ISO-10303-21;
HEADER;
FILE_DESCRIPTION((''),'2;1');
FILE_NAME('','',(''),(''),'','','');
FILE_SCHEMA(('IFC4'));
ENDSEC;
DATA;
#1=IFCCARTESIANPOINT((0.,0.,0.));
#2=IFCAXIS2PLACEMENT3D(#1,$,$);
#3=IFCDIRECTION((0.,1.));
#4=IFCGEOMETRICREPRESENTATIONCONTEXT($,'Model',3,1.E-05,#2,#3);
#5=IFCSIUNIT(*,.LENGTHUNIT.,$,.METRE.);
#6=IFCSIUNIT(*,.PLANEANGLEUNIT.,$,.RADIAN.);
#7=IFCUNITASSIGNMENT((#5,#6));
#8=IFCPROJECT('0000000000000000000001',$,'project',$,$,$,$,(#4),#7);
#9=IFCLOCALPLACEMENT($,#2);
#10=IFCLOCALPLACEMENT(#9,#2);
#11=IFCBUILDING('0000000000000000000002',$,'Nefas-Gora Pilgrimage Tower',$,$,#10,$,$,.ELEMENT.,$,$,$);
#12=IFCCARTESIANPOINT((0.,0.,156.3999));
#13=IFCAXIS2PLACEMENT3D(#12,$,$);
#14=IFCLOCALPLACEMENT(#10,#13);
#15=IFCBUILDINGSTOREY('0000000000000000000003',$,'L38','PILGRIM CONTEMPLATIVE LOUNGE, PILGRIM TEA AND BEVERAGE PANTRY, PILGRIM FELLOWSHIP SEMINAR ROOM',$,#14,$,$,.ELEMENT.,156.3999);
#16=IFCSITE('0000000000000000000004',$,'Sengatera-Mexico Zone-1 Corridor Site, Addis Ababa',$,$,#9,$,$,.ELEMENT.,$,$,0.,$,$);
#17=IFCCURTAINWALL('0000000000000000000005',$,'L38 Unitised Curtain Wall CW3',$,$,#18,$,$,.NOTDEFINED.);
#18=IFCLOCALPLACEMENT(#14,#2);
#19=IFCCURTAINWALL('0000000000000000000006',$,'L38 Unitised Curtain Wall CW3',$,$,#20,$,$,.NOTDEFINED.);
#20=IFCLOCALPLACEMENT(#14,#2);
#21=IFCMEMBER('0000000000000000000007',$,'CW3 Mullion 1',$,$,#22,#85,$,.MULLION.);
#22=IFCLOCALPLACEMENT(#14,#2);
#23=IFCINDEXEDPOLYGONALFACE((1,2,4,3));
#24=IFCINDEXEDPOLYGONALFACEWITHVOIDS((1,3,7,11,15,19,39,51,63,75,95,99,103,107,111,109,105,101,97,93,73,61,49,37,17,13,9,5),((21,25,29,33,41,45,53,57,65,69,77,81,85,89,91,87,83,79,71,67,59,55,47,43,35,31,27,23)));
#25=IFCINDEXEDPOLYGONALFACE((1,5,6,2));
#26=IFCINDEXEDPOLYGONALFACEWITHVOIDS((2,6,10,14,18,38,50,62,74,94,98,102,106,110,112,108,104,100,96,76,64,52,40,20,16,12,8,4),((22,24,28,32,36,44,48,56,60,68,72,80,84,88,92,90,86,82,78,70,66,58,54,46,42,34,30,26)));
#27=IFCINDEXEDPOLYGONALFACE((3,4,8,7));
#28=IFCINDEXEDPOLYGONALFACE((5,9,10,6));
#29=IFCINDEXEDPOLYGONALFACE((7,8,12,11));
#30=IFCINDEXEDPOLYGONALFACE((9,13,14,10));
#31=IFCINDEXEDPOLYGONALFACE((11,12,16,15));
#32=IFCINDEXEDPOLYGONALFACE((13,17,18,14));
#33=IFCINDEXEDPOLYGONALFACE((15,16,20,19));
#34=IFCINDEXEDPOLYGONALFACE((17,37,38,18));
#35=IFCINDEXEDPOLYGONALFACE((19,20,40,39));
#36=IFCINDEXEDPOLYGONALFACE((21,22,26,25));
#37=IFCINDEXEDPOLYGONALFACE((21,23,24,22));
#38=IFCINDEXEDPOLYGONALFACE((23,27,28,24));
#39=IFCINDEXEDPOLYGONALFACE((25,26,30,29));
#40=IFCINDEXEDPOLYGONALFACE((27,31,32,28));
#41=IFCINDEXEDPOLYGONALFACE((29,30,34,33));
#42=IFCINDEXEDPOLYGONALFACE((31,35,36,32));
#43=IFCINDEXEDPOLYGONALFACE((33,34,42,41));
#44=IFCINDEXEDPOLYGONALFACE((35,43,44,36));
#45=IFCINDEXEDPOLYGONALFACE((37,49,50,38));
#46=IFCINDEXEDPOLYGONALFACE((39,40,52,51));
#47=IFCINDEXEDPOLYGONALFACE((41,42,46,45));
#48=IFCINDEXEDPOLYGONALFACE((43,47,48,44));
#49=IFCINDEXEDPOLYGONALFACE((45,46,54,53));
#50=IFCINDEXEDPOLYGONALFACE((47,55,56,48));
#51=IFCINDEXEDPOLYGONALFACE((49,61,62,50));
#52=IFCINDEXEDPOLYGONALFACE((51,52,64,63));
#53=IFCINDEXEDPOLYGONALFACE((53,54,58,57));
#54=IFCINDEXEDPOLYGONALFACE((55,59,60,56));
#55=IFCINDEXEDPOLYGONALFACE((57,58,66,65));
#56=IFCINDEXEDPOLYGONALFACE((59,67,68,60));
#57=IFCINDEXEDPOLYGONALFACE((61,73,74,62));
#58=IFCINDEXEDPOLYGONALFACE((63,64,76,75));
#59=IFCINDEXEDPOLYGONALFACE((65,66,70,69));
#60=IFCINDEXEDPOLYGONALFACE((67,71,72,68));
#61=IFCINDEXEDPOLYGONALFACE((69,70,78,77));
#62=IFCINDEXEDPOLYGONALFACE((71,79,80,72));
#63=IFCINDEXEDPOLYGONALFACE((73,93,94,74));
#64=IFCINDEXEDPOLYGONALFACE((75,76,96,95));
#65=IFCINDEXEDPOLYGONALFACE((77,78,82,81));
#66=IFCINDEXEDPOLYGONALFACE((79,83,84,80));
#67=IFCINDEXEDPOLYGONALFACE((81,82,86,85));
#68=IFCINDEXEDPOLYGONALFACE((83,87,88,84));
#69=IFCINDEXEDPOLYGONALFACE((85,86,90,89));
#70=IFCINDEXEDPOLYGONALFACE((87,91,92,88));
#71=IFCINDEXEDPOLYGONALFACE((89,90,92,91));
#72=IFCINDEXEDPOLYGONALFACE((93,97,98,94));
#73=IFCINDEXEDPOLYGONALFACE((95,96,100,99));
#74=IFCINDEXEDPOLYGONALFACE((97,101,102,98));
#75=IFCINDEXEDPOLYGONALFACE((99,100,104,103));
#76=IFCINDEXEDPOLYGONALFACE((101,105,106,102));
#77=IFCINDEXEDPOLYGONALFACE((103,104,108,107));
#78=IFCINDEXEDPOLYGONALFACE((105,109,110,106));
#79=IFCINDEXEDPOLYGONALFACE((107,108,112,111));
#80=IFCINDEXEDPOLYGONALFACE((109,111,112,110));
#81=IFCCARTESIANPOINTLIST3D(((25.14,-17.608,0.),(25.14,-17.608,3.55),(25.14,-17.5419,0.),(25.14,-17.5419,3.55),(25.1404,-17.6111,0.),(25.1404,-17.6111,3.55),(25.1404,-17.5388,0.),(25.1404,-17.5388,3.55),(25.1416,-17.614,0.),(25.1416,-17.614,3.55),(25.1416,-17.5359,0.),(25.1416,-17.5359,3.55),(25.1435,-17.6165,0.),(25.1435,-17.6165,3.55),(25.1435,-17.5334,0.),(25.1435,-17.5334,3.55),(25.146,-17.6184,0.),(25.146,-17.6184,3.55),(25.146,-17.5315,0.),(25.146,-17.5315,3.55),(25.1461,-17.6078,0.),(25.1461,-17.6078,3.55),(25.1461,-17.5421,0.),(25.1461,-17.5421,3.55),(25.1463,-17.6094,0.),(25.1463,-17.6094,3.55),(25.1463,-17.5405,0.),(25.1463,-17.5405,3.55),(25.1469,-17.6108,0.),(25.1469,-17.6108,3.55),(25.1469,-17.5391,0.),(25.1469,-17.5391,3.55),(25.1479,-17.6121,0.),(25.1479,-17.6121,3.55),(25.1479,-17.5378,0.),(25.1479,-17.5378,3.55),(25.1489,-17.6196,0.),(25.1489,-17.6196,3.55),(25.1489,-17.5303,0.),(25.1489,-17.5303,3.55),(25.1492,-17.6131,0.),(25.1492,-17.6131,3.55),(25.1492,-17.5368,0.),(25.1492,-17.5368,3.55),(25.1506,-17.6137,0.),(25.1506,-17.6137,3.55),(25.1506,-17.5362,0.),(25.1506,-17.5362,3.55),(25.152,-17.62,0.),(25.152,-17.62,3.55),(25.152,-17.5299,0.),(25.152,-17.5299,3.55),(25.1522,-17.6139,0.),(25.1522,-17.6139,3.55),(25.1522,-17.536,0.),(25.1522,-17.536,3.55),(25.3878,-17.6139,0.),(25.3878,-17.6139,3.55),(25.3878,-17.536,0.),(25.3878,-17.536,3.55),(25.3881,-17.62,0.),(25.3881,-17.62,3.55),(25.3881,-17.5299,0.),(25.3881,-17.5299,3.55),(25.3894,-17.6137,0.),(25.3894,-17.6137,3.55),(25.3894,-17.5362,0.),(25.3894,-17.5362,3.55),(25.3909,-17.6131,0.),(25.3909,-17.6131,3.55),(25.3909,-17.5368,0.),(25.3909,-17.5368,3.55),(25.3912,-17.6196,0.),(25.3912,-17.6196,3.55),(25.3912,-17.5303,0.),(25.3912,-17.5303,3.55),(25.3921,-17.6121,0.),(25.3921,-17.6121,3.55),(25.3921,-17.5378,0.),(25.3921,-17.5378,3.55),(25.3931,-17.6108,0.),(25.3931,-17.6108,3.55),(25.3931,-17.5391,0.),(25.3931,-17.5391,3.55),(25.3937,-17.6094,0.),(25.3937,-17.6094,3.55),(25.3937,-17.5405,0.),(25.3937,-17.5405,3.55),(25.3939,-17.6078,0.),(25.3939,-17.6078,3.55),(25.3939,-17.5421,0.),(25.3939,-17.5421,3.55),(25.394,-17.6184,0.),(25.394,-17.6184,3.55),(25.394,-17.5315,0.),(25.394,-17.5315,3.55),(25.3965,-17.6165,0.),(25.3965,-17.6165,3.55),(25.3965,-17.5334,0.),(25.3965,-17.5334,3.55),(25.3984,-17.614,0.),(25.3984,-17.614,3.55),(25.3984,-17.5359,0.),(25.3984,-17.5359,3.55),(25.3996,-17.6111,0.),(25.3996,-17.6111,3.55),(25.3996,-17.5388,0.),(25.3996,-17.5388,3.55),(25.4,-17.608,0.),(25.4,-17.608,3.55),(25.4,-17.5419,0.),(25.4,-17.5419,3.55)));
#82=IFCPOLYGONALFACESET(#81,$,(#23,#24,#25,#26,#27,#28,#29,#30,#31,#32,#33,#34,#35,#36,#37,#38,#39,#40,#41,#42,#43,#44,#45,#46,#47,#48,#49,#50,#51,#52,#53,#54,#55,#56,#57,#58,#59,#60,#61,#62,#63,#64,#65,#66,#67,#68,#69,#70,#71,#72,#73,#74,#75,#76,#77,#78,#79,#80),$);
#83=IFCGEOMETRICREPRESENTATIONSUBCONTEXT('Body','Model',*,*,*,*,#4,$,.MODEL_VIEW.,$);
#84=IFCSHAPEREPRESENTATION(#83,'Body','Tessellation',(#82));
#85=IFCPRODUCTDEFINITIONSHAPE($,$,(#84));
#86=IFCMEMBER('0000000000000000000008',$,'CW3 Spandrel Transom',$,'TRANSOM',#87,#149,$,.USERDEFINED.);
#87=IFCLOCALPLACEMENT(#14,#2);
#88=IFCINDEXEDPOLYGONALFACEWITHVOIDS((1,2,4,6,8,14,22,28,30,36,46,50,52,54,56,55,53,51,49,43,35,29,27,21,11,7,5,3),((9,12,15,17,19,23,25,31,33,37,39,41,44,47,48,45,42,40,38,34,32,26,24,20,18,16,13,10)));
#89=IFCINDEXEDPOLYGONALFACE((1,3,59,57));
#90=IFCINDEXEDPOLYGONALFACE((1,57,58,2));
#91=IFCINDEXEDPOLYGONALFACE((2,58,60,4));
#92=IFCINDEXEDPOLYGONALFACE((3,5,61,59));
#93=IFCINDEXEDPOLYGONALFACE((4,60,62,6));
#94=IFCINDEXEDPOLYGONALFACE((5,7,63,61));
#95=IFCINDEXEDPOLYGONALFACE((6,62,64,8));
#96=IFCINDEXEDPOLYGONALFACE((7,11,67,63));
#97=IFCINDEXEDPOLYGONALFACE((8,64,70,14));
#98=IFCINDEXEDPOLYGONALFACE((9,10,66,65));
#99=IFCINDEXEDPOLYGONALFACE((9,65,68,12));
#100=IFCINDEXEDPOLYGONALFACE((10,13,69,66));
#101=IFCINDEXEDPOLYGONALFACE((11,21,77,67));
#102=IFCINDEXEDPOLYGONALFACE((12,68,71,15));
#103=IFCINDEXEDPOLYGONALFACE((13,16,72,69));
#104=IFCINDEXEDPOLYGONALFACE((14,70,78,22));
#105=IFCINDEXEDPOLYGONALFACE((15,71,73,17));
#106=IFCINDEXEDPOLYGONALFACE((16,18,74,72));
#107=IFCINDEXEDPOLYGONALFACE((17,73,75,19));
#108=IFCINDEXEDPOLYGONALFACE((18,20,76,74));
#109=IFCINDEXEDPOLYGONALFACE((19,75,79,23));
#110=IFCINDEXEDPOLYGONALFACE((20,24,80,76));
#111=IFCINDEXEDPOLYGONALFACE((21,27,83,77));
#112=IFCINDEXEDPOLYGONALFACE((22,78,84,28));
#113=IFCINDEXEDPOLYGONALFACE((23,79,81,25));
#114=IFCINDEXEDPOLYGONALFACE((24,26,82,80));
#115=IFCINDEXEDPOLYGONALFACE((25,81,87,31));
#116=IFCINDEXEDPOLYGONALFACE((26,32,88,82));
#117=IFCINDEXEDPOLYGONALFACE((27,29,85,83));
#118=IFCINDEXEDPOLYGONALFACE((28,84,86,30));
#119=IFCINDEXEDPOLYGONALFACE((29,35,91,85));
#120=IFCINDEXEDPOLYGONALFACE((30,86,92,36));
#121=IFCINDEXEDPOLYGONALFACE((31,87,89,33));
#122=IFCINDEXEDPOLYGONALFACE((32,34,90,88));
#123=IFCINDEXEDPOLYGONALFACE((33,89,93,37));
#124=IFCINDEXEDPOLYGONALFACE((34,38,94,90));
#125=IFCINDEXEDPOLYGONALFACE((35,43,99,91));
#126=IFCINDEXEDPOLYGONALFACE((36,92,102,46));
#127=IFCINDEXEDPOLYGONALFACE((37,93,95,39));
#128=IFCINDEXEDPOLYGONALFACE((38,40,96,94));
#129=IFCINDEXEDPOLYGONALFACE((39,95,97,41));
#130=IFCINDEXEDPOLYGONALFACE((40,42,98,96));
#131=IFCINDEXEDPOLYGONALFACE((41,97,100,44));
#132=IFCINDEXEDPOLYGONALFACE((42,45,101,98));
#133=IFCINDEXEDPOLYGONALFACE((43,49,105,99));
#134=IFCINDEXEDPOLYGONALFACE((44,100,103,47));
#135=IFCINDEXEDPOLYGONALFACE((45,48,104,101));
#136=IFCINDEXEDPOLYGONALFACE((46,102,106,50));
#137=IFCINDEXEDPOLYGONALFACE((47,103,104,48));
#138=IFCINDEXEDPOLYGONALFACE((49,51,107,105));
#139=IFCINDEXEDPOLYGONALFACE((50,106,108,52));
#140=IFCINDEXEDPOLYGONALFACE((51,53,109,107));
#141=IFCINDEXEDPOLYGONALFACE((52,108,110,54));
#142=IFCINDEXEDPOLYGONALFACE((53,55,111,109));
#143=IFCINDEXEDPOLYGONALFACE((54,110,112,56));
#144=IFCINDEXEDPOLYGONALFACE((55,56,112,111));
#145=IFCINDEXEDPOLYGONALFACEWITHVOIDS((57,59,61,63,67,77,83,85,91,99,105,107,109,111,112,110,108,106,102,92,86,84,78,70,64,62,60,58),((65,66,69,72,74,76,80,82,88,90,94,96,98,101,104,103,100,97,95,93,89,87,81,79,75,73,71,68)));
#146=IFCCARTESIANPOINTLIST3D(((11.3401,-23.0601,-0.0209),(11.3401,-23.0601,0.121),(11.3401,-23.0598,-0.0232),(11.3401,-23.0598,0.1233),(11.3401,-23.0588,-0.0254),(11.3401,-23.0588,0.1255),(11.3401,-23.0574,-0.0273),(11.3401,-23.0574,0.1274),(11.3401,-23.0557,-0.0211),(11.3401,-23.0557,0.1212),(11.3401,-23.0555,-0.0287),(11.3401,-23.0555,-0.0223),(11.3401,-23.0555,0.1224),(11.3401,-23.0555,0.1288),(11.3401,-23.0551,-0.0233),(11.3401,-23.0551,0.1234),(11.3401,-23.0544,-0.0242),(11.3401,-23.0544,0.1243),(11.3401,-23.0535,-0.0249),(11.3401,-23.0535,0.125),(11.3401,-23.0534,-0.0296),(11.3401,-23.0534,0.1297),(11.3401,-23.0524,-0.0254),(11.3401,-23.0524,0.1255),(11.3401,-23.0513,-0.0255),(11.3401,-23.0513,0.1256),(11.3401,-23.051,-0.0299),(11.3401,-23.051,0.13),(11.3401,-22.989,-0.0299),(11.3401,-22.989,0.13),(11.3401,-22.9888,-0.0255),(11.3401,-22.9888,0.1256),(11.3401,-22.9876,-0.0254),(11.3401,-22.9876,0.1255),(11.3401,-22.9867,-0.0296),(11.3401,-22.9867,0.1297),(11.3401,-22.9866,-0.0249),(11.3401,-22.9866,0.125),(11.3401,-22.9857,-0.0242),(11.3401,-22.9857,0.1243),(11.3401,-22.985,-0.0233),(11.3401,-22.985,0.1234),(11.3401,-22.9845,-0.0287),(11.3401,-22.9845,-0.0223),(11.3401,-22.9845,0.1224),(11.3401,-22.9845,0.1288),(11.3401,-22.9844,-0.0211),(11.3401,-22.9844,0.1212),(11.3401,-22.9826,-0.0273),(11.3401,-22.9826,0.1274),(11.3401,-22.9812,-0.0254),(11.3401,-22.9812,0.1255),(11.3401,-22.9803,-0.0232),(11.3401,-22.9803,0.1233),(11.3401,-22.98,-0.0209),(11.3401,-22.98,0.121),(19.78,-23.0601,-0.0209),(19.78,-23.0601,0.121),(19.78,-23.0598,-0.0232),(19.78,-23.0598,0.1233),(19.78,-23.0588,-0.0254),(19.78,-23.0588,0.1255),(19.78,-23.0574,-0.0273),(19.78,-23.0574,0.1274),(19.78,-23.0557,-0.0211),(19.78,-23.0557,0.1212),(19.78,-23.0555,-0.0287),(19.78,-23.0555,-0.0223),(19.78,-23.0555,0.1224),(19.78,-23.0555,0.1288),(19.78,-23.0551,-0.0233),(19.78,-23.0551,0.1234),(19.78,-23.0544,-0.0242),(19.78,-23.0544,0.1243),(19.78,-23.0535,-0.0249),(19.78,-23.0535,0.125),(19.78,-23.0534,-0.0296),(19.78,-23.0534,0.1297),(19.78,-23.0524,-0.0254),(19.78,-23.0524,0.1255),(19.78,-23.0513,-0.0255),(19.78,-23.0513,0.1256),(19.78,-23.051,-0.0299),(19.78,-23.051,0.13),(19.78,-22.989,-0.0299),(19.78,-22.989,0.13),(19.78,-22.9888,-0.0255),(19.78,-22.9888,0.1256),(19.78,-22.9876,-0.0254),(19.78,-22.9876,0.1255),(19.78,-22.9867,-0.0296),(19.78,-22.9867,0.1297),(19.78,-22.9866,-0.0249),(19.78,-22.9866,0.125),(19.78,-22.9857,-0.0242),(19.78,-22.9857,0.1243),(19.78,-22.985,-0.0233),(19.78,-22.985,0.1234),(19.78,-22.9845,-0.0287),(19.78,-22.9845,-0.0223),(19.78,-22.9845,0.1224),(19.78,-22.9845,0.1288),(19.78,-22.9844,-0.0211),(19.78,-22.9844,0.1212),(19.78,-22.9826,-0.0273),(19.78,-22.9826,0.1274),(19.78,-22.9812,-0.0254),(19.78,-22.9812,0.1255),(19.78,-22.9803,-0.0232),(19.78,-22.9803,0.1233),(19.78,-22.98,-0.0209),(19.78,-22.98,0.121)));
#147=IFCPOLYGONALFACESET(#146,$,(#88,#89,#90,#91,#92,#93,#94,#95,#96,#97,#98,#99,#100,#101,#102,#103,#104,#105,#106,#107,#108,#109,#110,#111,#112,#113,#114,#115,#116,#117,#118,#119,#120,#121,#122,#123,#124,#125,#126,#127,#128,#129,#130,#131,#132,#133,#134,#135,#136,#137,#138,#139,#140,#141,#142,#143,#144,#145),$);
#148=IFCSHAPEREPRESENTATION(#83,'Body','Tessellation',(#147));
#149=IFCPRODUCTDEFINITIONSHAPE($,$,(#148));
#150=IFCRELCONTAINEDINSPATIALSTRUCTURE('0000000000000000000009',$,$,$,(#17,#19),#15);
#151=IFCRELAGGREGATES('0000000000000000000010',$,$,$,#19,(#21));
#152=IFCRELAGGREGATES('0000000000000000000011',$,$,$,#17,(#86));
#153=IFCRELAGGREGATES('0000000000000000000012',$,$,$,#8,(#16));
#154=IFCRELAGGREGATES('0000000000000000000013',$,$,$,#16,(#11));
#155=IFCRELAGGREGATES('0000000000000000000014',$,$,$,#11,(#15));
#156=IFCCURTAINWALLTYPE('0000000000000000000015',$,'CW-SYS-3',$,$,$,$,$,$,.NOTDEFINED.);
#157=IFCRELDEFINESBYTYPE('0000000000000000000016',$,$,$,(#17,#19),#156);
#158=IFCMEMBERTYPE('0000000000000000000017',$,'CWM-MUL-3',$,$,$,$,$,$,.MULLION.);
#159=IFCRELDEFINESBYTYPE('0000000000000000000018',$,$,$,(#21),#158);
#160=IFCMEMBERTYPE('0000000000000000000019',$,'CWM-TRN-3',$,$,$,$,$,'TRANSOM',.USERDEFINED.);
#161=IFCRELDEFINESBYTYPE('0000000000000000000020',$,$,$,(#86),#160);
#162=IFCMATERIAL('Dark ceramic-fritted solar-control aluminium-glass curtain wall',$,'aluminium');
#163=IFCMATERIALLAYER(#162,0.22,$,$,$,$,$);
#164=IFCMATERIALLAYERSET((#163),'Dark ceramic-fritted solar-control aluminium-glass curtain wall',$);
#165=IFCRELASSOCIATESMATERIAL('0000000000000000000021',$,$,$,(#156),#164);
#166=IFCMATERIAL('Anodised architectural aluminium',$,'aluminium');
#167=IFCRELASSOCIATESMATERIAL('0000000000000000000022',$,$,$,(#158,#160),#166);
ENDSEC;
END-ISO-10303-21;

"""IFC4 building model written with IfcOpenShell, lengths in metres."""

from ifc_helpers import new_model, si_unit, direction, frame, origin, origin_2d, place, context, subcontext, project, spatial, hollow_rectangle, extrude, source, transform, mapped, material, layer, layer_set, material_profile, profile_set, type_object, element, aggregate, save


model = new_model("IFC4")

# Units and contexts
model_context = context("Model", 3, precision=1e-05, world=origin(), true_north=direction((0.0, 1.0)))
body_context = subcontext(model_context, "Body", "Model", "MODEL_VIEW")
ifc_project = project(units=[si_unit("LENGTHUNIT", "METRE"), si_unit("PLANEANGLEUNIT", "RADIAN")], contexts=[model_context])

# Site, building, storey
site_placement = place(None, origin())
site = spatial("IfcSite", under=ifc_project, at=site_placement, Name="Sengatera-Mexico Zone-1 Corridor Site, Addis Ababa", CompositionType="ELEMENT", RefElevation=0.0)
building_placement = place(site_placement, origin())
building = spatial("IfcBuilding", under=site, at=building_placement, Name="Nefas-Gora Pilgrimage Tower", CompositionType="ELEMENT")
storey_placement = place(building_placement, frame((0.0, 0.0, 156.3999)))
storey = spatial("IfcBuildingStorey", under=building, at=storey_placement, Name="L38", Description="PILGRIM CONTEMPLATIVE LOUNGE, PILGRIM TEA AND BEVERAGE PANTRY, PILGRIM FELLOWSHIP SEMINAR ROOM", CompositionType="ELEMENT", Elevation=156.3999)

# Curtain wall
ifc_material_1 = material(Name="Dark ceramic-fritted solar-control aluminium-glass curtain wall", Category="aluminium")
ifc_layer_1 = layer(ifc_material_1, 0.22)
ifc_layer_set_1 = layer_set([ifc_layer_1], Name="Dark ceramic-fritted solar-control aluminium-glass curtain wall")
curtain_wall_type = type_object("IfcCurtainWallType", Name="CW-SYS-3", PredefinedType="NOTDEFINED", material=ifc_layer_set_1)
curtain_wall_1_placement = place(storey_placement, origin())
curtain_wall_1 = element("IfcCurtainWall", 1, at=curtain_wall_1_placement, inside=storey, type_object=curtain_wall_type, Name="L38 Unitised Curtain Wall CW3", PredefinedType="NOTDEFINED")
ifc_material_2 = material(Name="Anodised architectural aluminium", Category="aluminium")
ifc_material_profile_1 = material_profile(ifc_material_2, hollow_rectangle(XDim=0.0901, YDim=0.26, WallThickness=0.0061, InnerFilletRadius=0.0061, OuterFilletRadius=0.012, at=origin_2d()), Name="ALU MULLION 90x260")
ifc_profile_set_1 = profile_set([ifc_material_profile_1], Name="Anodised architectural aluminium")
member_type_1 = type_object("IfcMemberType", Name="CWM-MUL-3", PredefinedType="MULLION", material=ifc_profile_set_1)
shared_shape_1 = source(origin(), body_context, "Body", "SweptSolid", [
    extrude(hollow_rectangle(XDim=0.0901, YDim=0.26, WallThickness=0.0061, InnerFilletRadius=0.0061, OuterFilletRadius=0.012, at=origin_2d()), origin(), (0.0, 0.0, 1.0), 3.55),
])

# Curtain wall, member
curtain_wall_2_placement = place(storey_placement, origin())
curtain_wall_2 = element("IfcCurtainWall", 2, at=curtain_wall_2_placement, inside=storey, type_object=curtain_wall_type, Name="L38 Unitised Curtain Wall CW3", PredefinedType="NOTDEFINED")
member_1_placement = place(storey_placement, frame((25.27, -17.575, 0.0), z_axis=(0.0, 0.0, 1.0), x_axis=(0.0, 1.0, 0.0)))
member_1 = element("IfcMember", 3, at=member_1_placement, type_object=member_type_1, Name="CW3 Mullion 1", PredefinedType="MULLION", context=body_context, shape_type="MappedRepresentation", body=[
    mapped(shared_shape_1, transform((0.0, 0.0, 0.0), x_axis=(1.0, 0.0, 0.0), y_axis=(0.0, 1.0, 0.0), z_axis=(0.0, 0.0, 1.0), scale=1.0)),
])

# Member
ifc_material_profile_2 = material_profile(ifc_material_2, hollow_rectangle(XDim=0.0801, YDim=0.1599, WallThickness=0.0044, InnerFilletRadius=0.0044, OuterFilletRadius=0.009, at=origin_2d()), Name="ALU TRANSOM 80x160")
ifc_profile_set_2 = profile_set([ifc_material_profile_2], Name="Anodised architectural aluminium")
member_type_2 = type_object("IfcMemberType", Name="CWM-TRN-3", ElementType="TRANSOM", PredefinedType="USERDEFINED", material=ifc_profile_set_2)
shared_shape_2 = source(origin(), body_context, "Body", "SweptSolid", [
    extrude(hollow_rectangle(XDim=0.0801, YDim=0.1599, WallThickness=0.0044, InnerFilletRadius=0.0044, OuterFilletRadius=0.009, at=origin_2d()), origin(), (0.0, 0.0, 1.0), 8.4399),
])
member_2_placement = place(storey_placement, frame((11.3401, -23.02, 0.05), z_axis=(1.0, 0.0, 0.0), x_axis=(0.0, 1.0, 0.0)))
member_2 = element("IfcMember", 4, at=member_2_placement, type_object=member_type_2, Name="CW3 Spandrel Transom", ObjectType="TRANSOM", PredefinedType="USERDEFINED", context=body_context, shape_type="MappedRepresentation", body=[
    mapped(shared_shape_2, transform((0.0, 0.0, 0.0), x_axis=(1.0, 0.0, 0.0), y_axis=(0.0, 1.0, 0.0), z_axis=(0.0, 0.0, 1.0), scale=1.0)),
])
aggregate(curtain_wall_2, [member_1])

aggregate(curtain_wall_1, [member_2])

save(model, "model.ifc")
